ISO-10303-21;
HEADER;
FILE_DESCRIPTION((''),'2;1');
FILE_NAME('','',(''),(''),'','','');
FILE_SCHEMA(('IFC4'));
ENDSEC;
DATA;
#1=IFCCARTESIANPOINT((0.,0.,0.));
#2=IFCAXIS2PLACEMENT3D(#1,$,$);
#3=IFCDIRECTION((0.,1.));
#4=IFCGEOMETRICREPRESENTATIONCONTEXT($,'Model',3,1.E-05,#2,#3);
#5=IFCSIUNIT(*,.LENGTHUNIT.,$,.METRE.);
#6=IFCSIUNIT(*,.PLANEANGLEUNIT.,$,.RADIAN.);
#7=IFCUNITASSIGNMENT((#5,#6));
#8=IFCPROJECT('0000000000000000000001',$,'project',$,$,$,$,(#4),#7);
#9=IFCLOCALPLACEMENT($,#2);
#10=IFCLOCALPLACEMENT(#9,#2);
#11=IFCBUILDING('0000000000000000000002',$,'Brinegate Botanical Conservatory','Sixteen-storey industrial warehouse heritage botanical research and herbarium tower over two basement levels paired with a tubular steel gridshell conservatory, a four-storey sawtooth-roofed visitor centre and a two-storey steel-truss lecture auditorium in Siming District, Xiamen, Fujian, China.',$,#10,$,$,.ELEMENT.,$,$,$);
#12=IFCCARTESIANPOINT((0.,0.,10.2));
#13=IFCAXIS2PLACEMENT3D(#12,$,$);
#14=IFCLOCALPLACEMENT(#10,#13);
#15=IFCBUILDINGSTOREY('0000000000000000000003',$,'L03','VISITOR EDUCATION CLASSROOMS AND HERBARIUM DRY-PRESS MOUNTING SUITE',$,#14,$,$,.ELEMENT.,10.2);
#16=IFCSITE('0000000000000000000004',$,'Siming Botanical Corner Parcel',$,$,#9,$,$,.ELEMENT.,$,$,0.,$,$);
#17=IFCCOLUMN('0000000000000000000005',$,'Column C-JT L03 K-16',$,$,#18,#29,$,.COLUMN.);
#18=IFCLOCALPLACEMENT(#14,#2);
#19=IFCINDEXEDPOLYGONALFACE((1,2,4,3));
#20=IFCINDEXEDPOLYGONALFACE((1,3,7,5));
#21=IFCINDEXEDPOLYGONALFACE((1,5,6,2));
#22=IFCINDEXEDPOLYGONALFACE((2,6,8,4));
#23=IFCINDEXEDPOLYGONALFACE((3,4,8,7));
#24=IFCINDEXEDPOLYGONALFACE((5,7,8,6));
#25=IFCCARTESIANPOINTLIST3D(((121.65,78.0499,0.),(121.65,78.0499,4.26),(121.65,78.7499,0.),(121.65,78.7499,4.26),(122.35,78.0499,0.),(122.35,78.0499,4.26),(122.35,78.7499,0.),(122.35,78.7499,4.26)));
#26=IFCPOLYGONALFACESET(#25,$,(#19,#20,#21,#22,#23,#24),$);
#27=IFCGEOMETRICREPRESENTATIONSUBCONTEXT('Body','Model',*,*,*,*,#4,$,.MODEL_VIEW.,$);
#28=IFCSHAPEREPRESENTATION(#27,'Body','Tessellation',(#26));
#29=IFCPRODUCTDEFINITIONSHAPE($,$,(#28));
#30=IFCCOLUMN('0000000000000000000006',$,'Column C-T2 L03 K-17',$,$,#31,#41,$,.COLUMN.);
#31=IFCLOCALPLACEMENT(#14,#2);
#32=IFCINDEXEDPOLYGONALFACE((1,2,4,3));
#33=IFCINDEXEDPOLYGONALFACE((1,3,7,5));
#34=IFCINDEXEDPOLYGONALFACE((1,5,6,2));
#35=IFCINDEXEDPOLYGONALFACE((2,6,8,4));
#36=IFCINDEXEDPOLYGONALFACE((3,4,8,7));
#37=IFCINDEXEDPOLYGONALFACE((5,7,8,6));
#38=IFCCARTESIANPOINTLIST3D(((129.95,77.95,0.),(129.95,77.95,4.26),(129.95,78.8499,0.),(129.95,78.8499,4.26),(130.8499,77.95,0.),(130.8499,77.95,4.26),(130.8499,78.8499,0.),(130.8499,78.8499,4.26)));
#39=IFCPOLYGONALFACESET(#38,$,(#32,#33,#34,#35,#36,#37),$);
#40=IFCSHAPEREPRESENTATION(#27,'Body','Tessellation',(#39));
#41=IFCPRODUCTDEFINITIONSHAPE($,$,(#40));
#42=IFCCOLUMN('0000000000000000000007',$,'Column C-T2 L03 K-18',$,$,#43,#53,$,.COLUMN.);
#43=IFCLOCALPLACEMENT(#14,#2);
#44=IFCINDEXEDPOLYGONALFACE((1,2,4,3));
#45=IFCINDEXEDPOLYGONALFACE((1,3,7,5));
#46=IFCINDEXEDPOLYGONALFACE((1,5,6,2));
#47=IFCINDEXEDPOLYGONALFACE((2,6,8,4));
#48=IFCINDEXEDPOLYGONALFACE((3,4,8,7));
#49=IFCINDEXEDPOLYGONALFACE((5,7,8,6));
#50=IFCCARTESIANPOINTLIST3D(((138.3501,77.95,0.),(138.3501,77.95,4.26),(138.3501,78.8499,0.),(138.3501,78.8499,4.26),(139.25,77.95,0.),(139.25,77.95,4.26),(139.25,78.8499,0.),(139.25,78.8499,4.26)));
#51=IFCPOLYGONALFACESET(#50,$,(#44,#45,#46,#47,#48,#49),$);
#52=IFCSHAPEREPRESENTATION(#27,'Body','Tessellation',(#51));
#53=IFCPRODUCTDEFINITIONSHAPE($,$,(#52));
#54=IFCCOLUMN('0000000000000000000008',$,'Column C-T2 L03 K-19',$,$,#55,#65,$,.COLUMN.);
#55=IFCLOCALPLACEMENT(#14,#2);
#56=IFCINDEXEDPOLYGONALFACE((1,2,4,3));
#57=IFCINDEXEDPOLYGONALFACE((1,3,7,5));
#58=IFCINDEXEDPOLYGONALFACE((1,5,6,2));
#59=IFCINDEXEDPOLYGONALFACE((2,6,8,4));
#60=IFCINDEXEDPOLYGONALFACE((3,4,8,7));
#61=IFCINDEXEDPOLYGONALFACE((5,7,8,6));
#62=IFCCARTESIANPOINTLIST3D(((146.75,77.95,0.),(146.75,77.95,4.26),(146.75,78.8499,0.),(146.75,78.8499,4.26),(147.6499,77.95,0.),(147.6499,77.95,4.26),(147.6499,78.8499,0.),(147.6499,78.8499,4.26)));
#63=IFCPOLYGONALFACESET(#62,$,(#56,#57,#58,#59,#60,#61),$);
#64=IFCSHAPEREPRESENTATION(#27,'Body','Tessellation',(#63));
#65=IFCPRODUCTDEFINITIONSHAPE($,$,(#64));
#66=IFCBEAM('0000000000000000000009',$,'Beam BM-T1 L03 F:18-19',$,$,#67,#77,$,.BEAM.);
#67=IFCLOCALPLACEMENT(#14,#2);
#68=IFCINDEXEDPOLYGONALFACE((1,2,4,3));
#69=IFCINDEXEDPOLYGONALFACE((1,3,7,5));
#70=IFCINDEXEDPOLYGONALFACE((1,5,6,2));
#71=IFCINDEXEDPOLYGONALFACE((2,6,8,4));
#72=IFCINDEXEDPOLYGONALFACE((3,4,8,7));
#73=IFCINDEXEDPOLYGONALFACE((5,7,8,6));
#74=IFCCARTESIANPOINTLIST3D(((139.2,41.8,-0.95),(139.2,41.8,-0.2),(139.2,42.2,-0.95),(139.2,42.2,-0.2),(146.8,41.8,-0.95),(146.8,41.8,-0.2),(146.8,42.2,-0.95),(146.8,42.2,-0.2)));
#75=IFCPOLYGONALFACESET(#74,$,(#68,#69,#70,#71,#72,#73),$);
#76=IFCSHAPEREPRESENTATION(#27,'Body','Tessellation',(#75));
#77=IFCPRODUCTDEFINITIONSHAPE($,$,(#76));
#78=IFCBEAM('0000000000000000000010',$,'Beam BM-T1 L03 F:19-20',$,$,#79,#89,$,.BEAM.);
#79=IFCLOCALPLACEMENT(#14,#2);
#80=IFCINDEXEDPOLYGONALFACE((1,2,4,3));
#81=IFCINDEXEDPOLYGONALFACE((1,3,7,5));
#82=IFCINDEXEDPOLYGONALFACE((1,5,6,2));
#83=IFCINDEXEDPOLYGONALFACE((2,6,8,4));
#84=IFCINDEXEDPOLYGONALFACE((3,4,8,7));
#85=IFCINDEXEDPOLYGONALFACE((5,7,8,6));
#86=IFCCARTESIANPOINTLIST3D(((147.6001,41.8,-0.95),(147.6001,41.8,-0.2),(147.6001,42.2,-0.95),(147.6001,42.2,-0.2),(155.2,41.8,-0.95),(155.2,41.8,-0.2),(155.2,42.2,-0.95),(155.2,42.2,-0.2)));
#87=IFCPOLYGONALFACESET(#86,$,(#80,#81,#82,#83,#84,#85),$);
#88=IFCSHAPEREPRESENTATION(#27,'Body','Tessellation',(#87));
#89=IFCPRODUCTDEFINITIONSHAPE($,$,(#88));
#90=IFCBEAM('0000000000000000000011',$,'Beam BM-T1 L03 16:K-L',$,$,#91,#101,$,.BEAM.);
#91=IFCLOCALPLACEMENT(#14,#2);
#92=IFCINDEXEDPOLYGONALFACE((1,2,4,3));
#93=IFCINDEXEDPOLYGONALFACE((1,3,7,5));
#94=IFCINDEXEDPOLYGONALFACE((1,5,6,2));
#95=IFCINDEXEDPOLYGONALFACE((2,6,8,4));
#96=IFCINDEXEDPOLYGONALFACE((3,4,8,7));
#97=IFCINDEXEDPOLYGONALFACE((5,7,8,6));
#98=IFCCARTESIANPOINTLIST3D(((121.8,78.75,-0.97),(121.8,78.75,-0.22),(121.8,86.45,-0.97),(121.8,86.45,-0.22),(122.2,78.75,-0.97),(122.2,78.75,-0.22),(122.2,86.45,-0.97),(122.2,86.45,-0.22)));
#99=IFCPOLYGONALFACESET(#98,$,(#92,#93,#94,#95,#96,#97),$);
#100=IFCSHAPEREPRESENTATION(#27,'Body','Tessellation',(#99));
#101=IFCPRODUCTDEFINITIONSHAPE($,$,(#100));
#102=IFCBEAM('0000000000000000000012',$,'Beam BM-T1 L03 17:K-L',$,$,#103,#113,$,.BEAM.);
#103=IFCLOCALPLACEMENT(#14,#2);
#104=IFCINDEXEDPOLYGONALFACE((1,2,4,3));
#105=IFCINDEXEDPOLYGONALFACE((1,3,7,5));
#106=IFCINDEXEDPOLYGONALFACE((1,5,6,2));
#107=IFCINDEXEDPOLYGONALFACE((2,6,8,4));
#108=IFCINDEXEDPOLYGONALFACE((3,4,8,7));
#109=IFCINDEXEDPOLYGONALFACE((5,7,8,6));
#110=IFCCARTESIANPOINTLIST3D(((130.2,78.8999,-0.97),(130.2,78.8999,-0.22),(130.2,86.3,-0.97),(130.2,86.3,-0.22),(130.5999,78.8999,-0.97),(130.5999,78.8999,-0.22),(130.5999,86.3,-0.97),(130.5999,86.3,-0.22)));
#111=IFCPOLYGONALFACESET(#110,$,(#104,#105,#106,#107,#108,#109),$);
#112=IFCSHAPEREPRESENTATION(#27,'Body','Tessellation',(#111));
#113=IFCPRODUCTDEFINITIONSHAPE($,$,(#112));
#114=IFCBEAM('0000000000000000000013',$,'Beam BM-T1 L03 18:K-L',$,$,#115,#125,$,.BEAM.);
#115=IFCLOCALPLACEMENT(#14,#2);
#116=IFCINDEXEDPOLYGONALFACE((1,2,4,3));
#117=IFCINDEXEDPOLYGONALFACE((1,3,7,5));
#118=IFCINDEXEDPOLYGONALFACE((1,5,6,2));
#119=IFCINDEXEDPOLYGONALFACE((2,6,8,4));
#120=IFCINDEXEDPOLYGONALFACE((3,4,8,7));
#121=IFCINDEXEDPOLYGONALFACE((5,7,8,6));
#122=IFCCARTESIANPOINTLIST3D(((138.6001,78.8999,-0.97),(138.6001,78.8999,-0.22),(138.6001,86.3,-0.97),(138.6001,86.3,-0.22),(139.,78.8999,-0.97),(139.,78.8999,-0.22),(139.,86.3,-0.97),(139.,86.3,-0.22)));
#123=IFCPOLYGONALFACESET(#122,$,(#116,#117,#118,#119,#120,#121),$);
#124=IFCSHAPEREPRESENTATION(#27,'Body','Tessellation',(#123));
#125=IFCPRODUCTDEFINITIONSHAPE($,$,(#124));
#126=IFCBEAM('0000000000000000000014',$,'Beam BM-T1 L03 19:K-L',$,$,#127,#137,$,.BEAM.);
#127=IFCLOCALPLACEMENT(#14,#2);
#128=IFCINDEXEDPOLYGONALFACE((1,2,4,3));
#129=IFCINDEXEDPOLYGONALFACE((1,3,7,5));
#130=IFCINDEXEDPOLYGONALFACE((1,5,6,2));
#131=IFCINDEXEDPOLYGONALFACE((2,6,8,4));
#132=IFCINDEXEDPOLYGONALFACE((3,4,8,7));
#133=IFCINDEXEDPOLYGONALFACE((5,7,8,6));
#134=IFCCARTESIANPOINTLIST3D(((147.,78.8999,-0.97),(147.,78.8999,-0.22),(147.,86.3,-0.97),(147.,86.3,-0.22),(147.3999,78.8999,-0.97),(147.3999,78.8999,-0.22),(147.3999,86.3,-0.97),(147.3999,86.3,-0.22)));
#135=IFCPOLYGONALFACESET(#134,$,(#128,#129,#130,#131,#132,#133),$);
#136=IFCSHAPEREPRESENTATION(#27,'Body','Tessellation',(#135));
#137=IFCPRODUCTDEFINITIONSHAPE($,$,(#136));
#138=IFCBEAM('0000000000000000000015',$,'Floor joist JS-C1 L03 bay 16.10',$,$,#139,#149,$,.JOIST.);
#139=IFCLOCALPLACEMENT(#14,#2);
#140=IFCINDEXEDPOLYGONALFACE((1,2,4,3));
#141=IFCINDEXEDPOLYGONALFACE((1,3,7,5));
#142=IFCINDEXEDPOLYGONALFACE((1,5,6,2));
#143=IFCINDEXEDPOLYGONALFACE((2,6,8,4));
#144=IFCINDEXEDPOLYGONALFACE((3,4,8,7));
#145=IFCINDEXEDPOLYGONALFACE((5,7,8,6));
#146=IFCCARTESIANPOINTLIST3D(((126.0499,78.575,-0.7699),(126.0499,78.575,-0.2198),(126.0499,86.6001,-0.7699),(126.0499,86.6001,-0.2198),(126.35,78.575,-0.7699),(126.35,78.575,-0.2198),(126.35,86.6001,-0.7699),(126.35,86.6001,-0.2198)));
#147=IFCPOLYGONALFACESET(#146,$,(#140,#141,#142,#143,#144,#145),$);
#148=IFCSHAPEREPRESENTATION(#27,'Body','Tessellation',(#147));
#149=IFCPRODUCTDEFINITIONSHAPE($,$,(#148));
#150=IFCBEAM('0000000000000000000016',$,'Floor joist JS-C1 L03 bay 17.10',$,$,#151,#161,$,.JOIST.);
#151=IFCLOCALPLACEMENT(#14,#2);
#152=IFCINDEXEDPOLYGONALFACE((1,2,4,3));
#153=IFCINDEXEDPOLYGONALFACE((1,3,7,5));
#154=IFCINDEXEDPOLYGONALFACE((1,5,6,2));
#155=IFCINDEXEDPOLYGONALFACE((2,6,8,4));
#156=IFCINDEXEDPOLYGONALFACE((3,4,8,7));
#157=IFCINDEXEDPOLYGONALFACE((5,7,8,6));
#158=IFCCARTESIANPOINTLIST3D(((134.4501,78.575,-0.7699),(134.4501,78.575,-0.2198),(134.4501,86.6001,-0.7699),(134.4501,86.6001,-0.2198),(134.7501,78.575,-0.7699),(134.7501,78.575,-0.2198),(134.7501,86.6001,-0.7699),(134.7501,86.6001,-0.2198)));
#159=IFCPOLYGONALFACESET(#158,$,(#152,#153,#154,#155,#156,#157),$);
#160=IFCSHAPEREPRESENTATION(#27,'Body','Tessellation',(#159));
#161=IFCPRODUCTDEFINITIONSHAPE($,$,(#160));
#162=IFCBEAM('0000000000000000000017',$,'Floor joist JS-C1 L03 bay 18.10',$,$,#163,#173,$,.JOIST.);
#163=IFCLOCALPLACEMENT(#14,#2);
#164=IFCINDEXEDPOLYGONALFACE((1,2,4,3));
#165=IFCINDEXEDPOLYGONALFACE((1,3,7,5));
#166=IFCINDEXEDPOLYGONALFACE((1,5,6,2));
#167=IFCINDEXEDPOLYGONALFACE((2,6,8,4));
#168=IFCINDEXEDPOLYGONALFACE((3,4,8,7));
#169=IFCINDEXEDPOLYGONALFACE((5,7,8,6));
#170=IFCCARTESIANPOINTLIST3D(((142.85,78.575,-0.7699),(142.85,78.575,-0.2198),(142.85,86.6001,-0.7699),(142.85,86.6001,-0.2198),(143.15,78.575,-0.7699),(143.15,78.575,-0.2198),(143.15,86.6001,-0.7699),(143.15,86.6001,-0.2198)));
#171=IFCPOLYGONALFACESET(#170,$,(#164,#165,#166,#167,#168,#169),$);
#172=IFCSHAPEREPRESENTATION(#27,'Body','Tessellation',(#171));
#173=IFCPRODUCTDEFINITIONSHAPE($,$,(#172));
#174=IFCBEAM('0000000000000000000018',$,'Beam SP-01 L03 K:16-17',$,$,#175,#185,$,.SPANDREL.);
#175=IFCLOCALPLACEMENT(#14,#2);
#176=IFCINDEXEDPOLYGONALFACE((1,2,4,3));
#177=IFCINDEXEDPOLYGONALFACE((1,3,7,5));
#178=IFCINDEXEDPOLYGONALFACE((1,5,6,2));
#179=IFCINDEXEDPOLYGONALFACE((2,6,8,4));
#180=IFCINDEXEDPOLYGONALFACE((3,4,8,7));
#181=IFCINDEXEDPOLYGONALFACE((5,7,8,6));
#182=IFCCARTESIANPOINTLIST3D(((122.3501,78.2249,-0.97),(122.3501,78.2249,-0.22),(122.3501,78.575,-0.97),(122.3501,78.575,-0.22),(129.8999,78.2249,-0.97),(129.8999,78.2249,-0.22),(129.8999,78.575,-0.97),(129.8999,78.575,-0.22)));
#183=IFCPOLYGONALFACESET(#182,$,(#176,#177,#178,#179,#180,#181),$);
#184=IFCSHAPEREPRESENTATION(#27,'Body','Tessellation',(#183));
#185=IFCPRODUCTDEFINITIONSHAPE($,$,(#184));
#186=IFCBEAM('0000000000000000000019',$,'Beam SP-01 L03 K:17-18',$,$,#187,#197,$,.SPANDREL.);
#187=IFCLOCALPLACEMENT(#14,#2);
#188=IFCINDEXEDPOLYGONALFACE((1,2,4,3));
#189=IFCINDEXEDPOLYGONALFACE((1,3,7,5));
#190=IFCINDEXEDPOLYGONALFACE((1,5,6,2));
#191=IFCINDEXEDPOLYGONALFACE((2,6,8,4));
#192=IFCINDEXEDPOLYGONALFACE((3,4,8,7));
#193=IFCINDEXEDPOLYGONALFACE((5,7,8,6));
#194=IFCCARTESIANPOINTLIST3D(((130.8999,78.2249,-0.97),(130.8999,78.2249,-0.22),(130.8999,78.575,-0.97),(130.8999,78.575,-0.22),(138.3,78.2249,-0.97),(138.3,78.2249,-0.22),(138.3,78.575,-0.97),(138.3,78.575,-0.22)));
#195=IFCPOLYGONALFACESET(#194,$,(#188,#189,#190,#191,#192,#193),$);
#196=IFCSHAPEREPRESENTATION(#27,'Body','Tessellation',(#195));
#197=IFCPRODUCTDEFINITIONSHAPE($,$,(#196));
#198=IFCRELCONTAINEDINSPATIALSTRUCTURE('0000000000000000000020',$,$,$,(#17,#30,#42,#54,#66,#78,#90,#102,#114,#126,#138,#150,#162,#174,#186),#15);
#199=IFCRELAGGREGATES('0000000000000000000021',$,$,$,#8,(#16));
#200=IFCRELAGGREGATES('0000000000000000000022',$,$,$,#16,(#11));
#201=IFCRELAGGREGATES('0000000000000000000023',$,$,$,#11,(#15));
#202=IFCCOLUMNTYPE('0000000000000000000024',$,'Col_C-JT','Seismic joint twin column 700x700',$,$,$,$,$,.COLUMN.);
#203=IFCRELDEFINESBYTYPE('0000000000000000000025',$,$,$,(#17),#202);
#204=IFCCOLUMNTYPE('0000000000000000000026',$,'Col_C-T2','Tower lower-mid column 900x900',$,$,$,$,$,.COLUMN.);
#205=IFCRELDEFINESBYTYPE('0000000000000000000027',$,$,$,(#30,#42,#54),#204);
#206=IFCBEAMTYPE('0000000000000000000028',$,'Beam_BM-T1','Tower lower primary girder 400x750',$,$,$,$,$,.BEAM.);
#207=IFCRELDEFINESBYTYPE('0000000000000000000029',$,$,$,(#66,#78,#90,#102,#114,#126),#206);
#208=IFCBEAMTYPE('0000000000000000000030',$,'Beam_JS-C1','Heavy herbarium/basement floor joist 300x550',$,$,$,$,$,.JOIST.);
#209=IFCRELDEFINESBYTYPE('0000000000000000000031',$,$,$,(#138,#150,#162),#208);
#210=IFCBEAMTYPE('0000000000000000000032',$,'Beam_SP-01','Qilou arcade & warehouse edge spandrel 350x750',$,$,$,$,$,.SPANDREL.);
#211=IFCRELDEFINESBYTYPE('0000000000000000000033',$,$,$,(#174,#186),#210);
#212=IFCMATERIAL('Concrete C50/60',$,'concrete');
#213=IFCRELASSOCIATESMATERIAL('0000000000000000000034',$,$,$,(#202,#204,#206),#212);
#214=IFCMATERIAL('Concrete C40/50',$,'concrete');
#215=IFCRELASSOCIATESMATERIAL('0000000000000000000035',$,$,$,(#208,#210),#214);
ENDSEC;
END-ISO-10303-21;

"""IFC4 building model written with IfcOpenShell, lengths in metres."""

from ifc_helpers import new_model, si_unit, direction, frame, origin, origin_2d, place, context, subcontext, project, spatial, rectangle, extrude, material, material_profile, profile_set, type_object, element, save


model = new_model("IFC4")

# Units and contexts
model_context = context("Model", 3, precision=1e-05, world=origin(), true_north=direction((0.0, 1.0)))
body_context = subcontext(model_context, "Body", "Model", "MODEL_VIEW")
ifc_project = project(units=[si_unit("LENGTHUNIT", "METRE"), si_unit("PLANEANGLEUNIT", "RADIAN")], contexts=[model_context])

# Site, building, storey
site_placement = place(None, origin())
site = spatial("IfcSite", under=ifc_project, at=site_placement, Name="Siming Botanical Corner Parcel", CompositionType="ELEMENT", RefElevation=0.0)
building_placement = place(site_placement, origin())
building = spatial("IfcBuilding", under=site, at=building_placement, Name="Brinegate Botanical Conservatory", Description="Sixteen-storey industrial warehouse heritage botanical research and herbarium tower over two basement levels paired with a tubular steel gridshell conservatory, a four-storey sawtooth-roofed visitor centre and a two-storey steel-truss lecture auditorium in Siming District, Xiamen, Fujian, China.", CompositionType="ELEMENT")
storey_placement = place(building_placement, frame((0.0, 0.0, 10.2)))
storey = spatial("IfcBuildingStorey", under=building, at=storey_placement, Name="L03", Description="VISITOR EDUCATION CLASSROOMS AND HERBARIUM DRY-PRESS MOUNTING SUITE", CompositionType="ELEMENT", Elevation=10.2)

# Columns
ifc_material_1 = material(Name="Concrete C50/60", Category="concrete")
ifc_material_profile_1 = material_profile(ifc_material_1, rectangle(XDim=0.7, YDim=0.7, at=origin_2d()), Name="RC COL 700x700")
ifc_profile_set_1 = profile_set([ifc_material_profile_1], Name="Concrete C50/60")
column_type_1 = type_object("IfcColumnType", Name="Col_C-JT", Description="Seismic joint twin column 700x700", PredefinedType="COLUMN", material=ifc_profile_set_1)
column_placement = place(storey_placement, frame((122.0, 78.3999, 0.0), z_axis=(0.0, 0.0, 1.0), x_axis=(1.0, 0.0, 0.0)))
element("IfcColumn", 1, at=column_placement, inside=storey, type_object=column_type_1, Name="Column C-JT L03 K-16", PredefinedType="COLUMN", context=body_context, shape_type="SweptSolid", body=[
    extrude(rectangle(XDim=0.7, YDim=0.7, at=origin_2d()), origin(), (0.0, 0.0, 1.0), 4.26),
])
ifc_material_profile_2 = material_profile(ifc_material_1, rectangle(XDim=0.8999, YDim=0.8999, at=origin_2d()), Name="RC COL 900x900")
ifc_profile_set_2 = profile_set([ifc_material_profile_2], Name="Concrete C50/60")
column_type_2 = type_object("IfcColumnType", Name="Col_C-T2", Description="Tower lower-mid column 900x900", PredefinedType="COLUMN", material=ifc_profile_set_2)
for number, where, z_axis, x_axis, name in (
    (2, (130.3999, 78.3999, 0.0), (0.0, 0.0, 1.0), (1.0, 0.0, 0.0), "Column C-T2 L03 K-17"),
    (3, (138.8, 78.3999, 0.0), (0.0, 0.0, 1.0), (1.0, 0.0, 0.0), "Column C-T2 L03 K-18"),
    (4, (147.2, 78.3999, 0.0), (0.0, 0.0, 1.0), (1.0, 0.0, 0.0), "Column C-T2 L03 K-19"),
):
    element("IfcColumn", number, at=place(storey_placement, frame(where, z_axis=z_axis, x_axis=x_axis)), inside=storey, type_object=column_type_2, Name=name, PredefinedType="COLUMN", context=body_context, shape_type="SweptSolid", body=[
        extrude(rectangle(XDim=0.8999, YDim=0.8999, at=origin_2d()), origin(), (0.0, 0.0, 1.0), 4.26),
    ])

# Beams
ifc_material_profile_3 = material_profile(ifc_material_1, rectangle(XDim=0.3999, YDim=0.75, at=origin_2d()), Name="RC BM 400x750")
ifc_profile_set_3 = profile_set([ifc_material_profile_3], Name="Concrete C50/60")
beam_type_1 = type_object("IfcBeamType", Name="Beam_BM-T1", Description="Tower lower primary girder 400x750", PredefinedType="BEAM", material=ifc_profile_set_3)
beam_1_placement = place(storey_placement, frame((139.2, 42.0, -0.575), z_axis=(1.0, 0.0, 0.0), x_axis=(0.0, 1.0, 0.0)))
element("IfcBeam", 5, at=beam_1_placement, inside=storey, type_object=beam_type_1, Name="Beam BM-T1 L03 F:18-19", PredefinedType="BEAM", context=body_context, shape_type="SweptSolid", body=[
    extrude(rectangle(XDim=0.3999, YDim=0.75, at=origin_2d()), origin(), (0.0, 0.0, 1.0), 7.6001),
])
beam_2_placement = place(storey_placement, frame((147.6001, 42.0, -0.575), z_axis=(1.0, 0.0, 0.0), x_axis=(0.0, 1.0, 0.0)))
element("IfcBeam", 6, at=beam_2_placement, inside=storey, type_object=beam_type_1, Name="Beam BM-T1 L03 F:19-20", PredefinedType="BEAM", context=body_context, shape_type="SweptSolid", body=[
    extrude(rectangle(XDim=0.3999, YDim=0.75, at=origin_2d()), origin(), (0.0, 0.0, 1.0), 7.5999),
])
beam_3_placement = place(storey_placement, frame((122.0, 78.75, -0.595), z_axis=(0.0, 1.0, 0.0), x_axis=(-1.0, 0.0, 0.0)))
element("IfcBeam", 7, at=beam_3_placement, inside=storey, type_object=beam_type_1, Name="Beam BM-T1 L03 16:K-L", PredefinedType="BEAM", context=body_context, shape_type="SweptSolid", body=[
    extrude(rectangle(XDim=0.3999, YDim=0.75, at=origin_2d()), origin(), (0.0, 0.0, 1.0), 7.7),
])
for number, where, z_axis, x_axis, name in (
    (8, (130.3999, 78.8999, -0.595), (0.0, 1.0, 0.0), (-1.0, 0.0, 0.0), "Beam BM-T1 L03 17:K-L"),
    (9, (138.8, 78.8999, -0.595), (0.0, 1.0, 0.0), (-1.0, 0.0, 0.0), "Beam BM-T1 L03 18:K-L"),
    (10, (147.2, 78.8999, -0.595), (0.0, 1.0, 0.0), (-1.0, 0.0, 0.0), "Beam BM-T1 L03 19:K-L"),
):
    element("IfcBeam", number, at=place(storey_placement, frame(where, z_axis=z_axis, x_axis=x_axis)), inside=storey, type_object=beam_type_1, Name=name, PredefinedType="BEAM", context=body_context, shape_type="SweptSolid", body=[
        extrude(rectangle(XDim=0.3999, YDim=0.75, at=origin_2d()), origin(), (0.0, 0.0, 1.0), 7.4001),
    ])
ifc_material_2 = material(Name="Concrete C40/50", Category="concrete")
ifc_material_profile_4 = material_profile(ifc_material_2, rectangle(XDim=0.3, YDim=0.55, at=origin_2d()), Name="RC JST 300x550")
ifc_profile_set_4 = profile_set([ifc_material_profile_4], Name="Concrete C40/50")
beam_type_2 = type_object("IfcBeamType", Name="Beam_JS-C1", Description="Heavy herbarium/basement floor joist 300x550", PredefinedType="JOIST", material=ifc_profile_set_4)
for number, where, z_axis, x_axis, name in (
    (11, (126.2, 78.575, -0.4949), (0.0, 1.0, 0.0), (-1.0, 0.0, 0.0), "Floor joist JS-C1 L03 bay 16.10"),
    (12, (134.6001, 78.575, -0.4949), (0.0, 1.0, 0.0), (-1.0, 0.0, 0.0), "Floor joist JS-C1 L03 bay 17.10"),
    (13, (143.0, 78.575, -0.4949), (0.0, 1.0, 0.0), (-1.0, 0.0, 0.0), "Floor joist JS-C1 L03 bay 18.10"),
):
    element("IfcBeam", number, at=place(storey_placement, frame(where, z_axis=z_axis, x_axis=x_axis)), inside=storey, type_object=beam_type_2, Name=name, PredefinedType="JOIST", context=body_context, shape_type="SweptSolid", body=[
        extrude(rectangle(XDim=0.3, YDim=0.55, at=origin_2d()), origin(), (0.0, 0.0, 1.0), 8.0251),
    ])
ifc_material_profile_5 = material_profile(ifc_material_2, rectangle(XDim=0.3501, YDim=0.75, at=origin_2d()), Name="RC SPN 350x750")
ifc_profile_set_5 = profile_set([ifc_material_profile_5], Name="Concrete C40/50")
beam_type_3 = type_object("IfcBeamType", Name="Beam_SP-01", Description="Qilou arcade & warehouse edge spandrel 350x750", PredefinedType="SPANDREL", material=ifc_profile_set_5)
beam_4_placement = place(storey_placement, frame((122.3501, 78.3999, -0.595), z_axis=(1.0, 0.0, 0.0), x_axis=(0.0, 1.0, 0.0)))
element("IfcBeam", 14, at=beam_4_placement, inside=storey, type_object=beam_type_3, Name="Beam SP-01 L03 K:16-17", PredefinedType="SPANDREL", context=body_context, shape_type="SweptSolid", body=[
    extrude(rectangle(XDim=0.3501, YDim=0.75, at=origin_2d()), origin(), (0.0, 0.0, 1.0), 7.5498),
])
beam_5_placement = place(storey_placement, frame((130.8999, 78.3999, -0.595), z_axis=(1.0, 0.0, 0.0), x_axis=(0.0, 1.0, 0.0)))
element("IfcBeam", 15, at=beam_5_placement, inside=storey, type_object=beam_type_3, Name="Beam SP-01 L03 K:17-18", PredefinedType="SPANDREL", context=body_context, shape_type="SweptSolid", body=[
    extrude(rectangle(XDim=0.3501, YDim=0.75, at=origin_2d()), origin(), (0.0, 0.0, 1.0), 7.4001),
])

save(model, "model.ifc")
